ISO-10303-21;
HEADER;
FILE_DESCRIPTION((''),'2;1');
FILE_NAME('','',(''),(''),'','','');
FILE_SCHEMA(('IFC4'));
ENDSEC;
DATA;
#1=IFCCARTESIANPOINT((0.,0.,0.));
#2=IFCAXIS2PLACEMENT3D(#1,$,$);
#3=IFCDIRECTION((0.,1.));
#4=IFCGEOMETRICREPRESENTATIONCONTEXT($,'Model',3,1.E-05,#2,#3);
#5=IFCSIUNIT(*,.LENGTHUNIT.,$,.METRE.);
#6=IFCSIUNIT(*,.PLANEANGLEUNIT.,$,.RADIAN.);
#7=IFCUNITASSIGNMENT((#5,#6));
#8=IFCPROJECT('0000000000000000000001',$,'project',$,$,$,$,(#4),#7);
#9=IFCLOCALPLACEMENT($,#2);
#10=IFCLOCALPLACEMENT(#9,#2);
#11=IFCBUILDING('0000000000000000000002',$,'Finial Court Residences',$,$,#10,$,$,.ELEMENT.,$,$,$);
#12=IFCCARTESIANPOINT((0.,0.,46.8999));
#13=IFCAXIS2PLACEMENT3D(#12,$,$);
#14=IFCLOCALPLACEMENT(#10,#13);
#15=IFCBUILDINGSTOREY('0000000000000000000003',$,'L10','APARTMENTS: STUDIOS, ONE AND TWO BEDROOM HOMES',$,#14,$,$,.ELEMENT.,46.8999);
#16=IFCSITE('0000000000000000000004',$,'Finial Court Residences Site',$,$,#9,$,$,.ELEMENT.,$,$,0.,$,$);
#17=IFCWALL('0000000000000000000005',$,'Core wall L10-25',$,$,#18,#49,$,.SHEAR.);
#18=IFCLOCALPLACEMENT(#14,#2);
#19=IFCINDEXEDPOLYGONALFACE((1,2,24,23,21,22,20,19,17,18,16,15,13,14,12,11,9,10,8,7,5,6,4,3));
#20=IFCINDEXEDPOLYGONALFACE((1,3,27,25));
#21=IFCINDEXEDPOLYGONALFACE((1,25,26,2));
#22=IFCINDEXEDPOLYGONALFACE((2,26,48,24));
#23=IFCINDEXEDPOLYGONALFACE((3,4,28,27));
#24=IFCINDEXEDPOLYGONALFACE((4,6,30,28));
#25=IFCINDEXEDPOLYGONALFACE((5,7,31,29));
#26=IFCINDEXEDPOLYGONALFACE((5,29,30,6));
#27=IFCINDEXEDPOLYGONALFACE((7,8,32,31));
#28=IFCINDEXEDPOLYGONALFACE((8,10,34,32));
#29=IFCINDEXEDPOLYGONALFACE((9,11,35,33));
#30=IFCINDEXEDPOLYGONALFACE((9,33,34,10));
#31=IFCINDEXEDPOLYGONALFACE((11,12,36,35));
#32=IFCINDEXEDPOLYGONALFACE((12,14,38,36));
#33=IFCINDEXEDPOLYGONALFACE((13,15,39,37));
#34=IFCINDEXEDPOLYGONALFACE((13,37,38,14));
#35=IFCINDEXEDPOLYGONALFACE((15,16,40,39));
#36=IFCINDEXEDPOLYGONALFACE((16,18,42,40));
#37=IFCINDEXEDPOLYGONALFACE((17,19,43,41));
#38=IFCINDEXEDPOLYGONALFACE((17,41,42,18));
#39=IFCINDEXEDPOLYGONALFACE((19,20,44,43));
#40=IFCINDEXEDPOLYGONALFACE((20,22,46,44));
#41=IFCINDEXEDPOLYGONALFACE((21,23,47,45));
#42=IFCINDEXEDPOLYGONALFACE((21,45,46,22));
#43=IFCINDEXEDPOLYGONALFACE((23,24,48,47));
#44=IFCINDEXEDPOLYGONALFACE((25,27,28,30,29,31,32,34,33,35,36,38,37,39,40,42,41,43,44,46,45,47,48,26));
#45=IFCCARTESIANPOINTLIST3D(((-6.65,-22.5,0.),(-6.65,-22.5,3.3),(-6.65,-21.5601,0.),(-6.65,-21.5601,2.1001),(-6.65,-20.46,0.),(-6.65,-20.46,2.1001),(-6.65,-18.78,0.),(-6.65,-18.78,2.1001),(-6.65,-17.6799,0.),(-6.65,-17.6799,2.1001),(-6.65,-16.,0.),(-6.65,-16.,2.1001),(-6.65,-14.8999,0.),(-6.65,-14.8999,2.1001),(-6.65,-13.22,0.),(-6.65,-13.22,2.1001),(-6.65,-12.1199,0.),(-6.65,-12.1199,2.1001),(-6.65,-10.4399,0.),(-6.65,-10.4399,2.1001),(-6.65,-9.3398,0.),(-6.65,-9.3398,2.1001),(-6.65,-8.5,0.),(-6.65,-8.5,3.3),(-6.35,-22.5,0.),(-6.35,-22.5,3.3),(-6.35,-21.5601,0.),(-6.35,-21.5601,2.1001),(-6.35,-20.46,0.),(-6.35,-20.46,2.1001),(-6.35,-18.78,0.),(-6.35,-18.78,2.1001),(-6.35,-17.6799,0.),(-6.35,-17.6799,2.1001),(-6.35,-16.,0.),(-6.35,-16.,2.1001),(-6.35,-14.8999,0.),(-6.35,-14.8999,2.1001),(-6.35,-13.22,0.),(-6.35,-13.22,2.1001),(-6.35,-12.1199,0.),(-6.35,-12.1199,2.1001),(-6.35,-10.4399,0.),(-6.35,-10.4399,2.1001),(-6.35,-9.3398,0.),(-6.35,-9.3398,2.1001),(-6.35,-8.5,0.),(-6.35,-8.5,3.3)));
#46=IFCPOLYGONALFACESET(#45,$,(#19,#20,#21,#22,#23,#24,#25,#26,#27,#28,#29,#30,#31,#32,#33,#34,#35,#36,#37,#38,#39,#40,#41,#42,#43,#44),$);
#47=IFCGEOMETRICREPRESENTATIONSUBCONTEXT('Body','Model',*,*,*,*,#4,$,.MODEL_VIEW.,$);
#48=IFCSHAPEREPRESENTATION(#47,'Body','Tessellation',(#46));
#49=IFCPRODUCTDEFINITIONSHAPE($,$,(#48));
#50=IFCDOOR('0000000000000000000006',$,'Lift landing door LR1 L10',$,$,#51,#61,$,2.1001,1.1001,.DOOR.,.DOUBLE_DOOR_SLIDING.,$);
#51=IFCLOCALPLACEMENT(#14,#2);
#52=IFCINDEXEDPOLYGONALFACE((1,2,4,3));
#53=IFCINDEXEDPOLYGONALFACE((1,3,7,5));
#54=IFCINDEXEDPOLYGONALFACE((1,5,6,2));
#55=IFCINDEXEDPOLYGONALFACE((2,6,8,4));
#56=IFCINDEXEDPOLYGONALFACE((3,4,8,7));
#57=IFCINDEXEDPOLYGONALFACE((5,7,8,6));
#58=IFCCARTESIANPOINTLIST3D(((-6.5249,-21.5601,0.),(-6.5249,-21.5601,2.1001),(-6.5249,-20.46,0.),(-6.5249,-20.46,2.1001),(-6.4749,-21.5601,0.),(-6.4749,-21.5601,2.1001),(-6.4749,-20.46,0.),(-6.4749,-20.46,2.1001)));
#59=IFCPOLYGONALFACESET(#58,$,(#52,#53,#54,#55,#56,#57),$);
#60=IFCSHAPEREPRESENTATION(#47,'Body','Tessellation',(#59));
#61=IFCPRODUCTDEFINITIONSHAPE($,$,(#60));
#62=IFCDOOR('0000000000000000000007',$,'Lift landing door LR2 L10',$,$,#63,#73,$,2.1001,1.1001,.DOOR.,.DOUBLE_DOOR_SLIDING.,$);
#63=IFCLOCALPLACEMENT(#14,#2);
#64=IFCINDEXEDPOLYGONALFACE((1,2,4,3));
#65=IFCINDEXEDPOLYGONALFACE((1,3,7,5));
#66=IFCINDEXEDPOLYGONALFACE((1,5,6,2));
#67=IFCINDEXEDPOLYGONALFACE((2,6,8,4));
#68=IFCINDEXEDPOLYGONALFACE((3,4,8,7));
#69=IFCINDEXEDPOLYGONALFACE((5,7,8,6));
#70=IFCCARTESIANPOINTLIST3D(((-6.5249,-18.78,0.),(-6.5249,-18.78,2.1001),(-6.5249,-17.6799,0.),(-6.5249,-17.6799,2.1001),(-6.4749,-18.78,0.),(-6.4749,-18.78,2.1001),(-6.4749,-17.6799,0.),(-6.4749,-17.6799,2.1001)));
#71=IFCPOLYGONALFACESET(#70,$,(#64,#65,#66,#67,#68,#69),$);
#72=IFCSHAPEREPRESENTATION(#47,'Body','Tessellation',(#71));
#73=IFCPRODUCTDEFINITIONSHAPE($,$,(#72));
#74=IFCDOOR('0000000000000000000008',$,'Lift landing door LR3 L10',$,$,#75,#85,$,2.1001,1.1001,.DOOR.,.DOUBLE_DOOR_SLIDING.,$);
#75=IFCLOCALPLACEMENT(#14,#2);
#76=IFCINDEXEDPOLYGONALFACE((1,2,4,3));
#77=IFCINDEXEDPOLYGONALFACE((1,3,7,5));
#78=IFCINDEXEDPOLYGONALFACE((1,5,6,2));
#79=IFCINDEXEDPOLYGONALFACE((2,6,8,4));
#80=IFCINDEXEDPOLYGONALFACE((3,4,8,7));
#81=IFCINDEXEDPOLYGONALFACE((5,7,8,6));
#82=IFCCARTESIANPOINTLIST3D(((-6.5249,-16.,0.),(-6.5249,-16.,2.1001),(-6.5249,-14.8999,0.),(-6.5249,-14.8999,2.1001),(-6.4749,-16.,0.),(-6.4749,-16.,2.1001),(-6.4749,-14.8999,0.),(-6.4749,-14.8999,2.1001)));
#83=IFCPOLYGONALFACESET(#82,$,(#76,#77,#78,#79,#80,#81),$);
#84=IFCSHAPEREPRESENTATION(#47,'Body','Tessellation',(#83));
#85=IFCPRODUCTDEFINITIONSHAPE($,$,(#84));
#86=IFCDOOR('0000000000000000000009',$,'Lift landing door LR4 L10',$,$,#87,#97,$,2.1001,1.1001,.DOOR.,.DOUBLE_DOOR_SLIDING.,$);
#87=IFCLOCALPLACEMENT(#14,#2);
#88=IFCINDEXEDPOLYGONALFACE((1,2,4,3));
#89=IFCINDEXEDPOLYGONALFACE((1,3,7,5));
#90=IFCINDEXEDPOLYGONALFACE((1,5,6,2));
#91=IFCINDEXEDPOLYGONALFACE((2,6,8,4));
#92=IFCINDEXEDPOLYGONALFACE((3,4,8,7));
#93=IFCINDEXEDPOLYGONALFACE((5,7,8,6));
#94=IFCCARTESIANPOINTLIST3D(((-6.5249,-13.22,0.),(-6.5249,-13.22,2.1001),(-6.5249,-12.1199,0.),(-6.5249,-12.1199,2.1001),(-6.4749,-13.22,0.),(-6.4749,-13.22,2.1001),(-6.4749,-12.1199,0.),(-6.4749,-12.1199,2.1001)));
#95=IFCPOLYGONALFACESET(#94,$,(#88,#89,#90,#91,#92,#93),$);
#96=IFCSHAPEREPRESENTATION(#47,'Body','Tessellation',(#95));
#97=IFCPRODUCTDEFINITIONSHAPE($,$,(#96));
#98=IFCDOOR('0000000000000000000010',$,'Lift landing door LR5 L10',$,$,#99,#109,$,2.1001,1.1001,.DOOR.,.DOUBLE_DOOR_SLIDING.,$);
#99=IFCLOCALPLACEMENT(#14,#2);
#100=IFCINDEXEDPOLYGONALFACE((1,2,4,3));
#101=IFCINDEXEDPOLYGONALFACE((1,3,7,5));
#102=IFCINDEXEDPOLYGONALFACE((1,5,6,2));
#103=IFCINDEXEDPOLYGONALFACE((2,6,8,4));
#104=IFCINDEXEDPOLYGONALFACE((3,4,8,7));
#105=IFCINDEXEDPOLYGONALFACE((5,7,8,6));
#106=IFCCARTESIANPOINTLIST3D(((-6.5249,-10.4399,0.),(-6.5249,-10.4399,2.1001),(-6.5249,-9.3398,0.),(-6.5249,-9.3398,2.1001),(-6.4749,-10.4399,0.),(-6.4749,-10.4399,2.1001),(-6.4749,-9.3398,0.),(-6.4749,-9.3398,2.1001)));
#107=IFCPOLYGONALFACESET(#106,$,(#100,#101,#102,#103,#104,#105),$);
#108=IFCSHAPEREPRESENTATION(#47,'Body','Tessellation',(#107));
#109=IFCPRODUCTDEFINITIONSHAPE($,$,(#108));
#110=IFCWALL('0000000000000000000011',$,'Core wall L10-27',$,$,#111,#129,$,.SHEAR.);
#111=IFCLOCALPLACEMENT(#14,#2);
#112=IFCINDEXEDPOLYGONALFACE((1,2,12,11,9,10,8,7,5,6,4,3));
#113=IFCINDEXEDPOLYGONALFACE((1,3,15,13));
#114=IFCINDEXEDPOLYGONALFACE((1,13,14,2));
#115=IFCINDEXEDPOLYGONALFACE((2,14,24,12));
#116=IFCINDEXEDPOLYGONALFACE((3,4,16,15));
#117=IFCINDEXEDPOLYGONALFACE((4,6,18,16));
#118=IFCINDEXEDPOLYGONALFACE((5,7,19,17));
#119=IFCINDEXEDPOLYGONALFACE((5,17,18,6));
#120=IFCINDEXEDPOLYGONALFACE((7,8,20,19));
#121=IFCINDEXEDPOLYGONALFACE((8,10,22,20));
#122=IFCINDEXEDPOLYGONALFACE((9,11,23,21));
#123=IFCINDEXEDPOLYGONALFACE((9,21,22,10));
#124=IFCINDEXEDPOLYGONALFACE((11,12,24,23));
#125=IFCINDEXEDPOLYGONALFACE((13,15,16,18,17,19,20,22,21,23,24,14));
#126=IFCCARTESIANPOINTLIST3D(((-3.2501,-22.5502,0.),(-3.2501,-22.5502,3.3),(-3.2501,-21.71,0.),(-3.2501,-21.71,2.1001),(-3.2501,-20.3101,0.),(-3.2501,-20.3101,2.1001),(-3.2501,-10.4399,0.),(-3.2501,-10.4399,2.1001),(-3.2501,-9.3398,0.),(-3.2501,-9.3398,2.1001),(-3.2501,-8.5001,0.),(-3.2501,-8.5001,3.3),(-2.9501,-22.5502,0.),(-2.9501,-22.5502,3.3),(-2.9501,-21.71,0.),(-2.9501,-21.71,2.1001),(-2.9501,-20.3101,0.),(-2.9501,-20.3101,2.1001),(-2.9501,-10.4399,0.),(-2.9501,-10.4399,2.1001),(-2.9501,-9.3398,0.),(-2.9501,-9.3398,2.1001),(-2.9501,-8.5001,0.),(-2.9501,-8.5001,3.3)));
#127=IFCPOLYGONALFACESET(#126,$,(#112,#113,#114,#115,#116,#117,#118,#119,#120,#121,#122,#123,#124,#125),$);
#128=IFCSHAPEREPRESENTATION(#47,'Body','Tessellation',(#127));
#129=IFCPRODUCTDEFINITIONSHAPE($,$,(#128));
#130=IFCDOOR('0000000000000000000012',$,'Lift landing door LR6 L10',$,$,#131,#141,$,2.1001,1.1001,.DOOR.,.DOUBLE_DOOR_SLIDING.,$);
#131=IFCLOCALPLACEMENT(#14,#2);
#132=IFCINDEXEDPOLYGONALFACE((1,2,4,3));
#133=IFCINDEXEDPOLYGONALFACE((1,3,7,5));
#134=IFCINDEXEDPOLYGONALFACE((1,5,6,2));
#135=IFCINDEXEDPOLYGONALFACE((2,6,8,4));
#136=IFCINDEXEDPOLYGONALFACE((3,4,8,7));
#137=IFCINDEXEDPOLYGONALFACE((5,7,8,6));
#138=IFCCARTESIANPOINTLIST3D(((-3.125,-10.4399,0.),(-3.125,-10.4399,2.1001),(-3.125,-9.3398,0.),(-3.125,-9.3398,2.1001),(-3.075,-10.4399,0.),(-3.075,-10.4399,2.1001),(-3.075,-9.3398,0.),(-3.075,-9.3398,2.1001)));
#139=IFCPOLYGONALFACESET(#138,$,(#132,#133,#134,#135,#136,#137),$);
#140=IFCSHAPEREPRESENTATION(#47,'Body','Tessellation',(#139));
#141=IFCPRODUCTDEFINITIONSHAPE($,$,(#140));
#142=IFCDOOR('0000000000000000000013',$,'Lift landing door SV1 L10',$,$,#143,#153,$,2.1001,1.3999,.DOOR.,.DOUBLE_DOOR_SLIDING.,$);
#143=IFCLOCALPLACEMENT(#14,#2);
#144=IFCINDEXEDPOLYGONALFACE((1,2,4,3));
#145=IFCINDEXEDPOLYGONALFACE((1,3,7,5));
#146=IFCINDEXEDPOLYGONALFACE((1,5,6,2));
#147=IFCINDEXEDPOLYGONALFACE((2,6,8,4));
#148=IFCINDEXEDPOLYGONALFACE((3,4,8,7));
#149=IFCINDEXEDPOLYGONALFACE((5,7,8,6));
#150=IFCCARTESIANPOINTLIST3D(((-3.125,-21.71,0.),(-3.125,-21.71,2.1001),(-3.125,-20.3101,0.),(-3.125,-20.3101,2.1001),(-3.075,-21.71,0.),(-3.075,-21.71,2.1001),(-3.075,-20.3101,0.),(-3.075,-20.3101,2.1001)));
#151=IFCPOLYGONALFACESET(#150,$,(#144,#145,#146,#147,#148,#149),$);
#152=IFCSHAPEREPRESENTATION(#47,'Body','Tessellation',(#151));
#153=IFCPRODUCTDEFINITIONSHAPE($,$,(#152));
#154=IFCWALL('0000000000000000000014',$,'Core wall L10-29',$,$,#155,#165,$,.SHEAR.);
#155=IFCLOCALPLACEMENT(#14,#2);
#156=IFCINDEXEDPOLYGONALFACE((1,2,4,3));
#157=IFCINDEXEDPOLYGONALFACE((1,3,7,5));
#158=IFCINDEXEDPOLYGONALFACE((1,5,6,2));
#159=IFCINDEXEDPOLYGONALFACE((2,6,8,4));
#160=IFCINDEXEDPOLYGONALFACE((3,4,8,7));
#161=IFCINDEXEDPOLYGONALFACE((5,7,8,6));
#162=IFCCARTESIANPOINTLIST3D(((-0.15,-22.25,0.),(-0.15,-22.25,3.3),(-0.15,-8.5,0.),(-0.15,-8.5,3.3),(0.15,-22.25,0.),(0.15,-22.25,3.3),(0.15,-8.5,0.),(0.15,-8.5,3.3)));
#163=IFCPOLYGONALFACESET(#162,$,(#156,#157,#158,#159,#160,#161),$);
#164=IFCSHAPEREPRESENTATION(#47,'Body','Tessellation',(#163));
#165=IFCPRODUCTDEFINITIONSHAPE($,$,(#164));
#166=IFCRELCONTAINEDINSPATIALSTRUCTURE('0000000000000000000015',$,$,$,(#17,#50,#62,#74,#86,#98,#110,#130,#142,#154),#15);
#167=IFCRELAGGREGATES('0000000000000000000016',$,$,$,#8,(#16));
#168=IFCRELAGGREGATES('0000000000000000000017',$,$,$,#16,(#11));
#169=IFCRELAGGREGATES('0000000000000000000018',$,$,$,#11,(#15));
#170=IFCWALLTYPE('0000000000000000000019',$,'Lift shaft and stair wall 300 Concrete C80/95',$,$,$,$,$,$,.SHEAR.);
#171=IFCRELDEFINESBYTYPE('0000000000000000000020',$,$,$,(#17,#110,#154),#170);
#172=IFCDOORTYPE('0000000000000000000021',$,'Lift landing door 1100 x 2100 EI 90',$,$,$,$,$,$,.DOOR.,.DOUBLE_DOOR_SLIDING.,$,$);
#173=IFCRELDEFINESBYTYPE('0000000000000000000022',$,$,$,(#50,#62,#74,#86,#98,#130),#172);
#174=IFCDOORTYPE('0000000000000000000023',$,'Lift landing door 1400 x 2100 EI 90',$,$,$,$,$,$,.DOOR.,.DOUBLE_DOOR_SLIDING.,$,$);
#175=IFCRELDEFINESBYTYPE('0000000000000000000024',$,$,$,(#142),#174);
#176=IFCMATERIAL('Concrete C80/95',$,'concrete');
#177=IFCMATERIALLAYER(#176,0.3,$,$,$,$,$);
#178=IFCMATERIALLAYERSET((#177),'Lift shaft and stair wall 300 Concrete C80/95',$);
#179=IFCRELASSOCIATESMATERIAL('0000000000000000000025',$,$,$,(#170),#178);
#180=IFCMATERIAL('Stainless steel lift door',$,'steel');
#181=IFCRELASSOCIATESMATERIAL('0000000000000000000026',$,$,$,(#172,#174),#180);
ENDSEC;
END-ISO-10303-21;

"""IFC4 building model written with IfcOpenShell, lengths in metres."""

from ifc_helpers import new_model, si_unit, direction, frame, frame_2d, origin, place, context, subcontext, project, spatial, rectangle, extrude, material, layer, layer_set, type_object, element, fill, save


model = new_model("IFC4")

# Units and contexts
model_context = context("Model", 3, precision=1e-05, world=origin(), true_north=direction((0.0, 1.0)))
body_context = subcontext(model_context, "Body", "Model", "MODEL_VIEW")
ifc_project = project(units=[si_unit("LENGTHUNIT", "METRE"), si_unit("PLANEANGLEUNIT", "RADIAN")], contexts=[model_context])

# Site, building, storey
site_placement = place(None, origin())
site = spatial("IfcSite", under=ifc_project, at=site_placement, Name="Finial Court Residences Site", CompositionType="ELEMENT", RefElevation=0.0)
building_placement = place(site_placement, origin())
building = spatial("IfcBuilding", under=site, at=building_placement, Name="Finial Court Residences", CompositionType="ELEMENT")
storey_placement = place(building_placement, frame((0.0, 0.0, 46.8999)))
storey = spatial("IfcBuildingStorey", under=building, at=storey_placement, Name="L10", Description="APARTMENTS: STUDIOS, ONE AND TWO BEDROOM HOMES", CompositionType="ELEMENT", Elevation=46.8999)

# Shared definitions
ifc_material_1 = material(Name="Concrete C80/95", Category="concrete")
ifc_layer_1 = layer(ifc_material_1, 0.3)
ifc_layer_set_1 = layer_set([ifc_layer_1], Name="Lift shaft and stair wall 300 Concrete C80/95")
wall_type_1 = type_object("IfcWallType", Name="Lift shaft and stair wall 300 Concrete C80/95", PredefinedType="SHEAR", material=ifc_layer_set_1)

# Walls, openings, doors
wall_1_placement = place(storey_placement, frame((-6.5, -22.5, 0.0), z_axis=(0.0, 0.0, 1.0), x_axis=(0.0, 1.0, 0.0)))
wall_1 = element("IfcWall", 1, at=wall_1_placement, inside=storey, type_object=wall_type_1, Name="Core wall L10-25", PredefinedType="SHEAR", context=body_context, shape_type="SweptSolid", body=[
    extrude(rectangle(XDim=14.0, YDim=0.3, at=frame_2d((7.0, 0.0))), origin(), (0.0, 0.0, 1.0), 3.3),
])
opening_1_placement = place(wall_1_placement, frame((0.9399, 0.0, 0.0)))
opening_1 = element("IfcOpeningElement", 2, at=opening_1_placement, cuts=wall_1, PredefinedType="OPENING", context=body_context, shape_type="SweptSolid", body=[
    extrude(rectangle(XDim=1.1001, YDim=2.1001, at=frame_2d((0.55, 1.05))), frame((0.0, 0.1599, 0.0), z_axis=(0.0, -1.0, 0.0), x_axis=(1.0, 0.0, 0.0)), (0.0, 0.0, 1.0), 0.3201),
])
opening_2_placement = place(wall_1_placement, frame((3.72, 0.0, 0.0)))
opening_2 = element("IfcOpeningElement", 3, at=opening_2_placement, cuts=wall_1, PredefinedType="OPENING", context=body_context, shape_type="SweptSolid", body=[
    extrude(rectangle(XDim=1.1001, YDim=2.1001, at=frame_2d((0.55, 1.05))), frame((0.0, 0.1599, 0.0), z_axis=(0.0, -1.0, 0.0), x_axis=(1.0, 0.0, 0.0)), (0.0, 0.0, 1.0), 0.3201),
])
opening_3_placement = place(wall_1_placement, frame((6.5, 0.0, 0.0)))
opening_3 = element("IfcOpeningElement", 4, at=opening_3_placement, cuts=wall_1, PredefinedType="OPENING", context=body_context, shape_type="SweptSolid", body=[
    extrude(rectangle(XDim=1.1001, YDim=2.1001, at=frame_2d((0.55, 1.05))), frame((0.0, 0.1599, 0.0), z_axis=(0.0, -1.0, 0.0), x_axis=(1.0, 0.0, 0.0)), (0.0, 0.0, 1.0), 0.3201),
])
opening_4_placement = place(wall_1_placement, frame((9.28, 0.0, 0.0)))
opening_4 = element("IfcOpeningElement", 5, at=opening_4_placement, cuts=wall_1, PredefinedType="OPENING", context=body_context, shape_type="SweptSolid", body=[
    extrude(rectangle(XDim=1.1001, YDim=2.1001, at=frame_2d((0.55, 1.05))), frame((0.0, 0.1599, 0.0), z_axis=(0.0, -1.0, 0.0), x_axis=(1.0, 0.0, 0.0)), (0.0, 0.0, 1.0), 0.3201),
])
opening_5_placement = place(wall_1_placement, frame((12.0601, 0.0, 0.0)))
opening_5 = element("IfcOpeningElement", 6, at=opening_5_placement, cuts=wall_1, PredefinedType="OPENING", context=body_context, shape_type="SweptSolid", body=[
    extrude(rectangle(XDim=1.1001, YDim=2.1001, at=frame_2d((0.55, 1.05))), frame((0.0, 0.1599, 0.0), z_axis=(0.0, -1.0, 0.0), x_axis=(1.0, 0.0, 0.0)), (0.0, 0.0, 1.0), 0.3201),
])
ifc_material_2 = material(Name="Stainless steel lift door", Category="steel")
door_type_1 = type_object("IfcDoorType", Name="Lift landing door 1100 x 2100 EI 90", OperationType="DOUBLE_DOOR_SLIDING", PredefinedType="DOOR", material=ifc_material_2)
door_1_placement = place(opening_1_placement, origin())
door_1 = element("IfcDoor", 7, at=door_1_placement, inside=storey, type_object=door_type_1, Name="Lift landing door LR1 L10", OperationType="DOUBLE_DOOR_SLIDING", OverallHeight=2.1001, OverallWidth=1.1001, PredefinedType="DOOR", context=body_context, shape_type="SweptSolid", body=[
    extrude(rectangle(XDim=1.1001, YDim=2.1001, at=frame_2d((0.55, 1.05))), frame((0.0, 0.0249, 0.0), z_axis=(0.0, -1.0, 0.0), x_axis=(1.0, 0.0, 0.0)), (0.0, 0.0, 1.0), 0.05),
])
fill(opening_1, door_1)
door_2_placement = place(opening_2_placement, origin())
door_2 = element("IfcDoor", 8, at=door_2_placement, inside=storey, type_object=door_type_1, Name="Lift landing door LR2 L10", OperationType="DOUBLE_DOOR_SLIDING", OverallHeight=2.1001, OverallWidth=1.1001, PredefinedType="DOOR", context=body_context, shape_type="SweptSolid", body=[
    extrude(rectangle(XDim=1.1001, YDim=2.1001, at=frame_2d((0.55, 1.05))), frame((0.0, 0.0249, 0.0), z_axis=(0.0, -1.0, 0.0), x_axis=(1.0, 0.0, 0.0)), (0.0, 0.0, 1.0), 0.05),
])
fill(opening_2, door_2)
door_3_placement = place(opening_3_placement, origin())
door_3 = element("IfcDoor", 9, at=door_3_placement, inside=storey, type_object=door_type_1, Name="Lift landing door LR3 L10", OperationType="DOUBLE_DOOR_SLIDING", OverallHeight=2.1001, OverallWidth=1.1001, PredefinedType="DOOR", context=body_context, shape_type="SweptSolid", body=[
    extrude(rectangle(XDim=1.1001, YDim=2.1001, at=frame_2d((0.55, 1.05))), frame((0.0, 0.0249, 0.0), z_axis=(0.0, -1.0, 0.0), x_axis=(1.0, 0.0, 0.0)), (0.0, 0.0, 1.0), 0.05),
])
fill(opening_3, door_3)
door_4_placement = place(opening_4_placement, origin())
door_4 = element("IfcDoor", 10, at=door_4_placement, inside=storey, type_object=door_type_1, Name="Lift landing door LR4 L10", OperationType="DOUBLE_DOOR_SLIDING", OverallHeight=2.1001, OverallWidth=1.1001, PredefinedType="DOOR", context=body_context, shape_type="SweptSolid", body=[
    extrude(rectangle(XDim=1.1001, YDim=2.1001, at=frame_2d((0.55, 1.05))), frame((0.0, 0.0249, 0.0), z_axis=(0.0, -1.0, 0.0), x_axis=(1.0, 0.0, 0.0)), (0.0, 0.0, 1.0), 0.05),
])
fill(opening_4, door_4)
door_5_placement = place(opening_5_placement, origin())
door_5 = element("IfcDoor", 11, at=door_5_placement, inside=storey, type_object=door_type_1, Name="Lift landing door LR5 L10", OperationType="DOUBLE_DOOR_SLIDING", OverallHeight=2.1001, OverallWidth=1.1001, PredefinedType="DOOR", context=body_context, shape_type="SweptSolid", body=[
    extrude(rectangle(XDim=1.1001, YDim=2.1001, at=frame_2d((0.55, 1.05))), frame((0.0, 0.0249, 0.0), z_axis=(0.0, -1.0, 0.0), x_axis=(1.0, 0.0, 0.0)), (0.0, 0.0, 1.0), 0.05),
])
fill(opening_5, door_5)
wall_2_placement = place(storey_placement, frame((-3.1001, -22.55, 0.0), z_axis=(0.0, 0.0, 1.0), x_axis=(0.0, 1.0, 0.0)))
wall_2 = element("IfcWall", 12, at=wall_2_placement, inside=storey, type_object=wall_type_1, Name="Core wall L10-27", PredefinedType="SHEAR", context=body_context, shape_type="SweptSolid", body=[
    extrude(rectangle(XDim=14.05, YDim=0.3, at=frame_2d((7.0249, 0.0))), origin(), (0.0, 0.0, 1.0), 3.3),
])
opening_6_placement = place(wall_2_placement, frame((12.1101, 0.0, 0.0)))
opening_6 = element("IfcOpeningElement", 13, at=opening_6_placement, cuts=wall_2, PredefinedType="OPENING", context=body_context, shape_type="SweptSolid", body=[
    extrude(rectangle(XDim=1.1001, YDim=2.1001, at=frame_2d((0.55, 1.05))), frame((0.0, 0.1599, 0.0), z_axis=(0.0, -1.0, 0.0), x_axis=(1.0, 0.0, 0.0)), (0.0, 0.0, 1.0), 0.3201),
])
opening_7_placement = place(wall_2_placement, frame((0.8401, 0.0, 0.0)))
opening_7 = element("IfcOpeningElement", 14, at=opening_7_placement, cuts=wall_2, PredefinedType="OPENING", context=body_context, shape_type="SweptSolid", body=[
    extrude(rectangle(XDim=1.3999, YDim=2.1001, at=frame_2d((0.7, 1.05))), frame((0.0, 0.1599, 0.0), z_axis=(0.0, -1.0, 0.0), x_axis=(1.0, 0.0, 0.0)), (0.0, 0.0, 1.0), 0.3201),
])
door_6_placement = place(opening_6_placement, origin())
door_6 = element("IfcDoor", 15, at=door_6_placement, inside=storey, type_object=door_type_1, Name="Lift landing door LR6 L10", OperationType="DOUBLE_DOOR_SLIDING", OverallHeight=2.1001, OverallWidth=1.1001, PredefinedType="DOOR", context=body_context, shape_type="SweptSolid", body=[
    extrude(rectangle(XDim=1.1001, YDim=2.1001, at=frame_2d((0.55, 1.05))), frame((0.0, 0.0249, 0.0), z_axis=(0.0, -1.0, 0.0), x_axis=(1.0, 0.0, 0.0)), (0.0, 0.0, 1.0), 0.05),
])
fill(opening_6, door_6)
door_type_2 = type_object("IfcDoorType", Name="Lift landing door 1400 x 2100 EI 90", OperationType="DOUBLE_DOOR_SLIDING", PredefinedType="DOOR", material=ifc_material_2)
door_7_placement = place(opening_7_placement, origin())
door_7 = element("IfcDoor", 16, at=door_7_placement, inside=storey, type_object=door_type_2, Name="Lift landing door SV1 L10", OperationType="DOUBLE_DOOR_SLIDING", OverallHeight=2.1001, OverallWidth=1.3999, PredefinedType="DOOR", context=body_context, shape_type="SweptSolid", body=[
    extrude(rectangle(XDim=1.3999, YDim=2.1001, at=frame_2d((0.7, 1.05))), frame((0.0, 0.0249, 0.0), z_axis=(0.0, -1.0, 0.0), x_axis=(1.0, 0.0, 0.0)), (0.0, 0.0, 1.0), 0.05),
])
fill(opening_7, door_7)

# Wall
wall_3_placement = place(storey_placement, frame((0.0, -22.25, 0.0), z_axis=(0.0, 0.0, 1.0), x_axis=(0.0, 1.0, 0.0)))
element("IfcWall", 17, at=wall_3_placement, inside=storey, type_object=wall_type_1, Name="Core wall L10-29", PredefinedType="SHEAR", context=body_context, shape_type="SweptSolid", body=[
    extrude(rectangle(XDim=13.75, YDim=0.3, at=frame_2d((6.875, 0.0))), origin(), (0.0, 0.0, 1.0), 3.3),
])

save(model, "model.ifc")
